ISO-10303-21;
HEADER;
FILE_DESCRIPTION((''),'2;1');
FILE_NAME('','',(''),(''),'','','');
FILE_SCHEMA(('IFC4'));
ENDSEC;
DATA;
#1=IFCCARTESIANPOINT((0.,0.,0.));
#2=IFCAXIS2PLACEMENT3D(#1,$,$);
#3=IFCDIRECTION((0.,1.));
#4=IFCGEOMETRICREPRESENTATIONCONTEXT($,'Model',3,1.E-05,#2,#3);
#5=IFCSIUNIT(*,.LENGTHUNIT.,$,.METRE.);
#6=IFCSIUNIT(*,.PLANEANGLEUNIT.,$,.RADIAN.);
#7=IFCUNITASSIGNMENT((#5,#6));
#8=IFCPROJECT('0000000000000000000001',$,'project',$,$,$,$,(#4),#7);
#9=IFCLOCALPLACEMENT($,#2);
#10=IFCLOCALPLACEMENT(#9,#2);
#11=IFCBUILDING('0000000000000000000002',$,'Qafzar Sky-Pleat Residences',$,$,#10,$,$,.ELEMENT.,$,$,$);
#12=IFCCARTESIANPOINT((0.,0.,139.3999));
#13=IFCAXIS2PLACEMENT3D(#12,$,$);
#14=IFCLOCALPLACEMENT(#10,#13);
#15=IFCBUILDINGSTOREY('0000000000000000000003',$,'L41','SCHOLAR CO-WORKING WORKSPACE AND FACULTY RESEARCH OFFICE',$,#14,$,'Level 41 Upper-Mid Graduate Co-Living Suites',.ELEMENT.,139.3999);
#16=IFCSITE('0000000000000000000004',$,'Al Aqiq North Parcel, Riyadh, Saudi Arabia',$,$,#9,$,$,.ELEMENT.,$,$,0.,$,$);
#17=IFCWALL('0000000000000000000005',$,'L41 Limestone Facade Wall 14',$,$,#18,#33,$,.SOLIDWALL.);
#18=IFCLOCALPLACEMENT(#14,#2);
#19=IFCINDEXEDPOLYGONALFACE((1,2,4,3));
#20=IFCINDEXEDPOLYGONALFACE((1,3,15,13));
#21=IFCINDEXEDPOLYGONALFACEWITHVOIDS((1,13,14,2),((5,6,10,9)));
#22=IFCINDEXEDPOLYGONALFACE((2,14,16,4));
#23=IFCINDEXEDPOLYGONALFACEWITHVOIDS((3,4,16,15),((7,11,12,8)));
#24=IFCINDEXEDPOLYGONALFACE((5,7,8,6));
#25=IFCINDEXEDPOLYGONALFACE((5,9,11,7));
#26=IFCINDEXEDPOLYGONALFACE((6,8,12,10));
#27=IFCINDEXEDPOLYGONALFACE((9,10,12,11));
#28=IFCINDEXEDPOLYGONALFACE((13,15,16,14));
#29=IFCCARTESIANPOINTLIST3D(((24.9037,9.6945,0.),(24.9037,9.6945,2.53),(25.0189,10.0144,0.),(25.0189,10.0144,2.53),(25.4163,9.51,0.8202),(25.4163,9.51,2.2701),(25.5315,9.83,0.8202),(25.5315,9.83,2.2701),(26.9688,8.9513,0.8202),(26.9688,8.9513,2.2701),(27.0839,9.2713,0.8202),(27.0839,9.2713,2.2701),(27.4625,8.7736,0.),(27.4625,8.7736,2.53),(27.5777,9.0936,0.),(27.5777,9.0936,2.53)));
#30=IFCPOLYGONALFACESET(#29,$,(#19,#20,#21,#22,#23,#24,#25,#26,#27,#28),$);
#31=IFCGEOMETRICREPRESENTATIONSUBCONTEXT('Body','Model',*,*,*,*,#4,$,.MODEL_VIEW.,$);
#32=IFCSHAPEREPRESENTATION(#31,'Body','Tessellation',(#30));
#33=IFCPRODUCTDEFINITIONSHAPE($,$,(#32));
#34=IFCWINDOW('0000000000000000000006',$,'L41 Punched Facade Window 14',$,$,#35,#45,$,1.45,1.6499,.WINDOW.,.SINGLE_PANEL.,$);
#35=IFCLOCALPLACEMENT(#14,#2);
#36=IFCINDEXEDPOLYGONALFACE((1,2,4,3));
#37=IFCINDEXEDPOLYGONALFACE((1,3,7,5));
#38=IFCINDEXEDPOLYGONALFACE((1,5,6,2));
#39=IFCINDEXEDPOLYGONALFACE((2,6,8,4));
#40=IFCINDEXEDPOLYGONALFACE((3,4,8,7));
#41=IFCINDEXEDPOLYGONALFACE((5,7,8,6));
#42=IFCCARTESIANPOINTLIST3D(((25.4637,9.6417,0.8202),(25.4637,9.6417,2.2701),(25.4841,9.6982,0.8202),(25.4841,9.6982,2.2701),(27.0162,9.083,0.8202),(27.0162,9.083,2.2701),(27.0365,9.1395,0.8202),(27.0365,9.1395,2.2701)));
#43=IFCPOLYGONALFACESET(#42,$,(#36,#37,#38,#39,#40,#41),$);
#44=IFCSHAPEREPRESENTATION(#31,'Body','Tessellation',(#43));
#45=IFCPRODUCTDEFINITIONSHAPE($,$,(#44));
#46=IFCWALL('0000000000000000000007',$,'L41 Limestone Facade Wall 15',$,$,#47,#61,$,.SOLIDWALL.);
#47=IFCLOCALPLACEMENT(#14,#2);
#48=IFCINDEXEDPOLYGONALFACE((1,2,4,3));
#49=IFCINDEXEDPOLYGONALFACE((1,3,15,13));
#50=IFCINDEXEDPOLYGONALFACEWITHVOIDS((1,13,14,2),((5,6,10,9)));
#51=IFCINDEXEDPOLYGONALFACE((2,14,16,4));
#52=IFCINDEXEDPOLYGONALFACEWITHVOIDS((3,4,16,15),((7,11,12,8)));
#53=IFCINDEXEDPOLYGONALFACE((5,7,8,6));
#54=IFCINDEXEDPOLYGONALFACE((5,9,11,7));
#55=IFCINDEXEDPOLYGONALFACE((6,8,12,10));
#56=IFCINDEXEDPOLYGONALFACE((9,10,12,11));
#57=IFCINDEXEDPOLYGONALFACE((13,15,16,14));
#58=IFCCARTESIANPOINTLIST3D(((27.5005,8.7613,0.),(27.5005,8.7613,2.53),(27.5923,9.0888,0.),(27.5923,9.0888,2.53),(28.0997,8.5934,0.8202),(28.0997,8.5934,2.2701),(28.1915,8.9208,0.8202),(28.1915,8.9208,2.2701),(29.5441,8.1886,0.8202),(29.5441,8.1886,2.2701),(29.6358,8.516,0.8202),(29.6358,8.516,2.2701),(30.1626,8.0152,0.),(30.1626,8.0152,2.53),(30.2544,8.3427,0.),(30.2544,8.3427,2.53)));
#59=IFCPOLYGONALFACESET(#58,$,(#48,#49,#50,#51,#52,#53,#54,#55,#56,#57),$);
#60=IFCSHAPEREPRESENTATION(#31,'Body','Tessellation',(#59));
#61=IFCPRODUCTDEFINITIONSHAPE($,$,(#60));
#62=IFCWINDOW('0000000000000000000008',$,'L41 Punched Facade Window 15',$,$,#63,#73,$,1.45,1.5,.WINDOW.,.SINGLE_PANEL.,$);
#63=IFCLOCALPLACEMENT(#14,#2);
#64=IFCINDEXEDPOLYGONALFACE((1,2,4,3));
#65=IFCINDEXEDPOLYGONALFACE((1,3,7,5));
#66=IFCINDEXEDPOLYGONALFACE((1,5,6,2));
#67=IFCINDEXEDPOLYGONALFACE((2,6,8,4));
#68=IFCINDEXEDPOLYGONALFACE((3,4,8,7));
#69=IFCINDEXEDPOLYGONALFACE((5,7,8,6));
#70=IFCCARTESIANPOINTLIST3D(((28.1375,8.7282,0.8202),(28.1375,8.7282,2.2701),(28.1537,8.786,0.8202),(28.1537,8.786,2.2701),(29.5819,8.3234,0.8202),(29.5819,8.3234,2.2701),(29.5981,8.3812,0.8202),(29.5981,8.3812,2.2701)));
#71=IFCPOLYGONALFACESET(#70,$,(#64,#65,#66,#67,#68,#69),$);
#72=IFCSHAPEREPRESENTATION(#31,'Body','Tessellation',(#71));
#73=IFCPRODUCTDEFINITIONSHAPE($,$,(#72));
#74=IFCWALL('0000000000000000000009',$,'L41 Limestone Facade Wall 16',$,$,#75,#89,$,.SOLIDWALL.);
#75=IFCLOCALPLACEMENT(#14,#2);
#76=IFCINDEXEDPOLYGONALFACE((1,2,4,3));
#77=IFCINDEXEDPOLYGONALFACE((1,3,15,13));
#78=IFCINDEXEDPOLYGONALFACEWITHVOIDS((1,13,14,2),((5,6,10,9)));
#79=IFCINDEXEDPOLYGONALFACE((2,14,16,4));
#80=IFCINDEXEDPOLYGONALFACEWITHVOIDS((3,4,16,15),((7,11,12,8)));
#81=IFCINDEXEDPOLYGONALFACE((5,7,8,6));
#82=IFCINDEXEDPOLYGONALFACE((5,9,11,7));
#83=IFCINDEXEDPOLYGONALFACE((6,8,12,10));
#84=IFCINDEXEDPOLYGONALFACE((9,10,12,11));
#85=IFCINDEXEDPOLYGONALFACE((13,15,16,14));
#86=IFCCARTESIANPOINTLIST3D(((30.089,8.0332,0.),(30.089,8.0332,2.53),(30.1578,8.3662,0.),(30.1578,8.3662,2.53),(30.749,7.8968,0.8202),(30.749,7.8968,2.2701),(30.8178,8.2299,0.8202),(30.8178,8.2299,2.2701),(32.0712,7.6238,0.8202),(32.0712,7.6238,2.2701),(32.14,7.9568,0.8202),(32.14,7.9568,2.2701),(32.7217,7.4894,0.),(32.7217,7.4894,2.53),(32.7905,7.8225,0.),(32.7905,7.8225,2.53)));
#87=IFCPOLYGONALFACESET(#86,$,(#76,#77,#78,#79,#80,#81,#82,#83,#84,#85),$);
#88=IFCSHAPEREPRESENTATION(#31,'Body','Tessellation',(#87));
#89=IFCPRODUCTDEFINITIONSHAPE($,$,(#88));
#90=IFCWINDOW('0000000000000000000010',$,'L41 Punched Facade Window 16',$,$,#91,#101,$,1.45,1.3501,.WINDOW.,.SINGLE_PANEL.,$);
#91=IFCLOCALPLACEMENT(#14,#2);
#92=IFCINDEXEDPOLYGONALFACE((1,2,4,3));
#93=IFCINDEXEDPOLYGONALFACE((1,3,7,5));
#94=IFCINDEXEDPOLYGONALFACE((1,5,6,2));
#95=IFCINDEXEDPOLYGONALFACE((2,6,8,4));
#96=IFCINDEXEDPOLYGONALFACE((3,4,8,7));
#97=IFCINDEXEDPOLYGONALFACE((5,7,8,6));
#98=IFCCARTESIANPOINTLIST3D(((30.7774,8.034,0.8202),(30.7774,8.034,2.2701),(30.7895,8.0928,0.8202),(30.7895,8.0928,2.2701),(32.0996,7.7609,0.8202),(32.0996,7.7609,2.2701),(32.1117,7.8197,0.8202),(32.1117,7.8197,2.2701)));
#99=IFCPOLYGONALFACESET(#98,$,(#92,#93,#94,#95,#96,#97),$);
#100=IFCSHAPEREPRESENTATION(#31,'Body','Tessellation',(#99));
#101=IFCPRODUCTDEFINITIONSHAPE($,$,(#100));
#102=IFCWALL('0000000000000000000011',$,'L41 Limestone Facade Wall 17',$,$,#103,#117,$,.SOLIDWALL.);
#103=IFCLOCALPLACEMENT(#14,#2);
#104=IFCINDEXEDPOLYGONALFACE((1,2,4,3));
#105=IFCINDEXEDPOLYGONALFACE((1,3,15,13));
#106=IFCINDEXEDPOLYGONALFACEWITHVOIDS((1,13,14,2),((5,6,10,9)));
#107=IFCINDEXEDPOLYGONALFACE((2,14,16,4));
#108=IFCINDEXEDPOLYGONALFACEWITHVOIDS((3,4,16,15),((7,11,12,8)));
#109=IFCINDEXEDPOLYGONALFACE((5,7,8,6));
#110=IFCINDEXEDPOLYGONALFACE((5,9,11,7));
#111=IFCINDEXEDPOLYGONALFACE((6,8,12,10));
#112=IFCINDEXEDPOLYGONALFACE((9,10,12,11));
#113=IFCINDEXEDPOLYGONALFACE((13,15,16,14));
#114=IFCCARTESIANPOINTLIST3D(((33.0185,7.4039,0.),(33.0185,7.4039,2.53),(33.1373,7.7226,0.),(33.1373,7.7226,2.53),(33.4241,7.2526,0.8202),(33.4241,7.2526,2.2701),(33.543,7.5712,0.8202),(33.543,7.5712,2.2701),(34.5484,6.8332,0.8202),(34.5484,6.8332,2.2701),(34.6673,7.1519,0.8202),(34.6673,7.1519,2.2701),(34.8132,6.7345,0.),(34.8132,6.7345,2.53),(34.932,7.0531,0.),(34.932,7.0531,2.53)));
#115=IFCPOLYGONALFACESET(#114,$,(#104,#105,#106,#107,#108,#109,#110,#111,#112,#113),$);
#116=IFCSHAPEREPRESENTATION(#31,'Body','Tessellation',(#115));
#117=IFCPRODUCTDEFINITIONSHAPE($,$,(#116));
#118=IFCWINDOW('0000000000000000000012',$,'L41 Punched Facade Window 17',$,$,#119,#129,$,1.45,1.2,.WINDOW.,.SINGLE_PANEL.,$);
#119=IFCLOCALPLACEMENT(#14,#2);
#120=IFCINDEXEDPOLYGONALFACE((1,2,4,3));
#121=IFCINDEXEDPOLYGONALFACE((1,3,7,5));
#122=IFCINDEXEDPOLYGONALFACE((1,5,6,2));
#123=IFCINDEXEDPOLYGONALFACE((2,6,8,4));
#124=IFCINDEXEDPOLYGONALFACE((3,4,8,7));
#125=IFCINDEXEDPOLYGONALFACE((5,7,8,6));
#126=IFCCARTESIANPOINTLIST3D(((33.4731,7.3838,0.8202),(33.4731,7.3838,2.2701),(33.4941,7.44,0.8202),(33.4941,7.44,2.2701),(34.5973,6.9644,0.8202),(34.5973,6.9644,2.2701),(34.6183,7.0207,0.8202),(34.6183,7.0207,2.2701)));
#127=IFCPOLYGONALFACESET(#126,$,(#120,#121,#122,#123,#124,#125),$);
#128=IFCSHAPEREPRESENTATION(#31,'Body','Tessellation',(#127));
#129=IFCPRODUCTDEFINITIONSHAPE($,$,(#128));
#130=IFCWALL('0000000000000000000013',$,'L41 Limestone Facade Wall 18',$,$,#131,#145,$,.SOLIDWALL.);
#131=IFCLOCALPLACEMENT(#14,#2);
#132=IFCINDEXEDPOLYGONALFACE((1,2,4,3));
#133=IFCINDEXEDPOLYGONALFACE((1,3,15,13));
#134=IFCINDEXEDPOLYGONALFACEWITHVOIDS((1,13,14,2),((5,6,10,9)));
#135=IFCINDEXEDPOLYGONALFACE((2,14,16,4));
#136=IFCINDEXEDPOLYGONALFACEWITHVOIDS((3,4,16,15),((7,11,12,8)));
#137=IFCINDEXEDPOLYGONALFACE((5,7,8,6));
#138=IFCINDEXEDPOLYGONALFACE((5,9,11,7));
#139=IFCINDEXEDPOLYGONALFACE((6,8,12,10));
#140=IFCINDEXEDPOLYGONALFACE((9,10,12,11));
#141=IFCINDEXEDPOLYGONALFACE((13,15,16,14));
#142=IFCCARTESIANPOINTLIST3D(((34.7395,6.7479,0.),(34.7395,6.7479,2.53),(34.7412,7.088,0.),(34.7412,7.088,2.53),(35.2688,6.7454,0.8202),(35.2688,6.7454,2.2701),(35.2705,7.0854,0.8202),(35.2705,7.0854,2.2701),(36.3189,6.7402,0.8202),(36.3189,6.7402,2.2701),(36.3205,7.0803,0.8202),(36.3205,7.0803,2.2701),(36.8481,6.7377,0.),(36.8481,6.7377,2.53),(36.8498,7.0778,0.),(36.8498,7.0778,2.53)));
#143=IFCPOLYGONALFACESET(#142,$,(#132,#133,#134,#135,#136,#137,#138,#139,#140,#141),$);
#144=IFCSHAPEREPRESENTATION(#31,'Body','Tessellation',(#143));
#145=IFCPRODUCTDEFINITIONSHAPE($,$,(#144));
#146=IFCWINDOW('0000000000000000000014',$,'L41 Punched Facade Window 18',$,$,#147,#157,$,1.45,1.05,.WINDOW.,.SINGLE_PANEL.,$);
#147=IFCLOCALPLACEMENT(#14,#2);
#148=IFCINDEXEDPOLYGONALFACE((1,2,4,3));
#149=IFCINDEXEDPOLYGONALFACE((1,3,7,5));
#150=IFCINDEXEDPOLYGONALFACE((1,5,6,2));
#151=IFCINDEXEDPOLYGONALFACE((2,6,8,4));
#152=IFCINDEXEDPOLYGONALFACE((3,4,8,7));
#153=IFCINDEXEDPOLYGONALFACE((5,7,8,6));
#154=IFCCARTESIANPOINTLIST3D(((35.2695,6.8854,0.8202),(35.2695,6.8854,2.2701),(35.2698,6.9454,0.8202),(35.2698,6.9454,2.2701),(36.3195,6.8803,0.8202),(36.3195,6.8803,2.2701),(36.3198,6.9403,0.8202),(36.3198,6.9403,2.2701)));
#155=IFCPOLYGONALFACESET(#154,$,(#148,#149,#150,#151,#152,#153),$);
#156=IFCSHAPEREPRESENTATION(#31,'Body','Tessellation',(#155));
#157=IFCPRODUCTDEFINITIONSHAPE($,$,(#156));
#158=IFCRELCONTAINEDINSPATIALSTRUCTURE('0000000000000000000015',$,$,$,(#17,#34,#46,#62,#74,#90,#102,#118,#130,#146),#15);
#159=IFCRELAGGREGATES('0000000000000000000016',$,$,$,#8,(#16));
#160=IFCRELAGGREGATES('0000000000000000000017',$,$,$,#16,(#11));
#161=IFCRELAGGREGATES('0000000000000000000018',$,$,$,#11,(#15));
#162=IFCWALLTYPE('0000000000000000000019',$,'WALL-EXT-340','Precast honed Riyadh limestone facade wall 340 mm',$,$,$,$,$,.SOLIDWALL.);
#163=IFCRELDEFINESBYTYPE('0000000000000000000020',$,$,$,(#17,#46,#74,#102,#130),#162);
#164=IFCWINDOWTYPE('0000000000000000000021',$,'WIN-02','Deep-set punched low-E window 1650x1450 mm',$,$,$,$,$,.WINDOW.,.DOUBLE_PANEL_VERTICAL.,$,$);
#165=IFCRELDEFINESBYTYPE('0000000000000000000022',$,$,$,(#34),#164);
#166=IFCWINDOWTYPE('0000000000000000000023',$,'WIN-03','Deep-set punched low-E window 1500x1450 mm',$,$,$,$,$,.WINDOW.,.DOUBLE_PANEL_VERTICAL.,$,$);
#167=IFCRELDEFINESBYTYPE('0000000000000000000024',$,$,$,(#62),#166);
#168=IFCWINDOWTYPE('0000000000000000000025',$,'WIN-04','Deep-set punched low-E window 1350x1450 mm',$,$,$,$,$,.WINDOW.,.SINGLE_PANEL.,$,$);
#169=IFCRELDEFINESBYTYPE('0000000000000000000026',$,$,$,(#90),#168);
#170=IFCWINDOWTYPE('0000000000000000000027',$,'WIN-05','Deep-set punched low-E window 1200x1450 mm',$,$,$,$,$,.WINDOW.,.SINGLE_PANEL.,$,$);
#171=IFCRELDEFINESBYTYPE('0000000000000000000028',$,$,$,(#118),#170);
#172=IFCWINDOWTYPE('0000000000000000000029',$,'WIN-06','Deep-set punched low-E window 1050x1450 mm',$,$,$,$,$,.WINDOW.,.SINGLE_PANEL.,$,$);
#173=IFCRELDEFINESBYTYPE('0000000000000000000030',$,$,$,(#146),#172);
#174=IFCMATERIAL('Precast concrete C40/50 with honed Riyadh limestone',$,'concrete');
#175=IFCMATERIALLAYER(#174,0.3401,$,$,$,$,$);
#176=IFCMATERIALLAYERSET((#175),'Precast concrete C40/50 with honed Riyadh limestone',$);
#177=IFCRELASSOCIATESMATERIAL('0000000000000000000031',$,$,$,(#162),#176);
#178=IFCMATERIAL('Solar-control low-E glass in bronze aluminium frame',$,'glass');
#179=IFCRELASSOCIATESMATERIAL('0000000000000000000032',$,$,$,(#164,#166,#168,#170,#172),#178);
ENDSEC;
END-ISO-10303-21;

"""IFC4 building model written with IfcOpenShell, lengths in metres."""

from ifc_helpers import new_model, si_unit, direction, frame, frame_2d, origin, place, context, subcontext, project, spatial, rectangle, extrude, source, transform, mapped, material, layer, layer_set, type_object, element, fill, save


model = new_model("IFC4")

# Units and contexts
model_context = context("Model", 3, precision=1e-05, world=origin(), true_north=direction((0.0, 1.0)))
body_context = subcontext(model_context, "Body", "Model", "MODEL_VIEW")
ifc_project = project(units=[si_unit("LENGTHUNIT", "METRE"), si_unit("PLANEANGLEUNIT", "RADIAN")], contexts=[model_context])

# Site, building, storey
site_placement = place(None, origin())
site = spatial("IfcSite", under=ifc_project, at=site_placement, Name="Al Aqiq North Parcel, Riyadh, Saudi Arabia", CompositionType="ELEMENT", RefElevation=0.0)
building_placement = place(site_placement, origin())
building = spatial("IfcBuilding", under=site, at=building_placement, Name="Qafzar Sky-Pleat Residences", CompositionType="ELEMENT")
storey_placement = place(building_placement, frame((0.0, 0.0, 139.3999)))
storey = spatial("IfcBuildingStorey", under=building, at=storey_placement, Name="L41", Description="SCHOLAR CO-WORKING WORKSPACE AND FACULTY RESEARCH OFFICE", LongName="Level 41 Upper-Mid Graduate Co-Living Suites", CompositionType="ELEMENT", Elevation=139.3999)

# Walls, openings, windows
ifc_material_1 = material(Name="Precast concrete C40/50 with honed Riyadh limestone", Category="concrete")
ifc_layer_1 = layer(ifc_material_1, 0.3401)
ifc_layer_set_1 = layer_set([ifc_layer_1], Name="Precast concrete C40/50 with honed Riyadh limestone")
wall_type_1 = type_object("IfcWallType", Name="WALL-EXT-340", Description="Precast honed Riyadh limestone facade wall 340 mm", PredefinedType="SOLIDWALL", material=ifc_layer_set_1)
wall_1_placement = place(storey_placement, frame((24.9612, 9.8545, 0.0), z_axis=(0.0, 0.0, 1.0), x_axis=(0.940921, -0.338627, 0.0)))
wall_1 = element("IfcWall", 1, at=wall_1_placement, inside=storey, type_object=wall_type_1, Name="L41 Limestone Facade Wall 14", PredefinedType="SOLIDWALL", context=body_context, shape_type="SweptSolid", body=[
    extrude(rectangle(XDim=2.7195, YDim=0.3401, at=frame_2d((1.3599, 0.0))), origin(), (0.0, 0.0, 1.0), 2.53),
])
opening_1_placement = place(wall_1_placement, frame((0.5449, 0.0, 0.8201)))
opening_1 = element("IfcOpeningElement", 2, at=opening_1_placement, cuts=wall_1, PredefinedType="OPENING", context=body_context, shape_type="SweptSolid", body=[
    extrude(rectangle(XDim=1.6499, YDim=1.45, at=frame_2d((0.825, 0.7251))), frame((0.0, 0.1802, 0.0), z_axis=(0.0, -1.0, 0.0), x_axis=(1.0, 0.0, 0.0)), (0.0, 0.0, 1.0), 0.3601),
])
ifc_material_2 = material(Name="Solar-control low-E glass in bronze aluminium frame", Category="glass")
window_type_1 = type_object("IfcWindowType", Name="WIN-02", Description="Deep-set punched low-E window 1650x1450 mm", PartitioningType="DOUBLE_PANEL_VERTICAL", PredefinedType="WINDOW", material=ifc_material_2)
shared_shape_1 = source(origin(), body_context, "Body", "SweptSolid", [
    extrude(rectangle(XDim=1.6499, YDim=1.45, at=frame_2d((0.825, 0.7251))), frame((0.0, 0.03, 0.0), z_axis=(0.0, -1.0, 0.0), x_axis=(1.0, 0.0, 0.0)), (0.0, 0.0, 1.0), 0.0601),
])
window_1_placement = place(opening_1_placement, origin())
window_1 = element("IfcWindow", 3, at=window_1_placement, inside=storey, type_object=window_type_1, Name="L41 Punched Facade Window 14", OverallHeight=1.45, OverallWidth=1.6499, PartitioningType="SINGLE_PANEL", PredefinedType="WINDOW", context=body_context, shape_type="MappedRepresentation", body=[
    mapped(shared_shape_1, transform((0.0, 0.0, 0.0), x_axis=(1.0, 0.0, 0.0), y_axis=(0.0, 1.0, 0.0), z_axis=(0.0, 0.0, 1.0), scale=1.0)),
])
fill(opening_1, window_1)
wall_2_placement = place(storey_placement, frame((27.5464, 8.925, 0.0), z_axis=(0.0, 0.0, 1.0), x_axis=(0.962898, -0.269866, 0.0)))
wall_2 = element("IfcWall", 4, at=wall_2_placement, inside=storey, type_object=wall_type_1, Name="L41 Limestone Facade Wall 15", PredefinedType="SOLIDWALL", context=body_context, shape_type="SweptSolid", body=[
    extrude(rectangle(XDim=2.7646, YDim=0.3401, at=frame_2d((1.3823, 0.0))), origin(), (0.0, 0.0, 1.0), 2.53),
])
opening_2_placement = place(wall_2_placement, frame((0.6223, 0.0, 0.8201)))
opening_2 = element("IfcOpeningElement", 5, at=opening_2_placement, cuts=wall_2, PredefinedType="OPENING", context=body_context, shape_type="SweptSolid", body=[
    extrude(rectangle(XDim=1.5, YDim=1.45, at=frame_2d((0.75, 0.7251))), frame((0.0, 0.1802, 0.0), z_axis=(0.0, -1.0, 0.0), x_axis=(1.0, 0.0, 0.0)), (0.0, 0.0, 1.0), 0.3601),
])
window_type_2 = type_object("IfcWindowType", Name="WIN-03", Description="Deep-set punched low-E window 1500x1450 mm", PartitioningType="DOUBLE_PANEL_VERTICAL", PredefinedType="WINDOW", material=ifc_material_2)
shared_shape_2 = source(origin(), body_context, "Body", "SweptSolid", [
    extrude(rectangle(XDim=1.5, YDim=1.45, at=frame_2d((0.75, 0.7251))), frame((0.0, 0.03, 0.0), z_axis=(0.0, -1.0, 0.0), x_axis=(1.0, 0.0, 0.0)), (0.0, 0.0, 1.0), 0.0601),
])
window_2_placement = place(opening_2_placement, origin())
window_2 = element("IfcWindow", 6, at=window_2_placement, inside=storey, type_object=window_type_2, Name="L41 Punched Facade Window 15", OverallHeight=1.45, OverallWidth=1.5, PartitioningType="SINGLE_PANEL", PredefinedType="WINDOW", context=body_context, shape_type="MappedRepresentation", body=[
    mapped(shared_shape_2, transform((0.0, 0.0, 0.0), x_axis=(1.0, 0.0, 0.0), y_axis=(0.0, 1.0, 0.0), z_axis=(0.0, 0.0, 1.0), scale=1.0)),
])
fill(opening_2, window_2)
wall_3_placement = place(storey_placement, frame((30.1233, 8.1997, 0.0), z_axis=(0.0, 0.0, 1.0), x_axis=(0.979332, -0.20226, 0.0)))
wall_3 = element("IfcWall", 7, at=wall_3_placement, inside=storey, type_object=wall_type_1, Name="L41 Limestone Facade Wall 16", PredefinedType="SOLIDWALL", context=body_context, shape_type="SweptSolid", body=[
    extrude(rectangle(XDim=2.6882, YDim=0.3401, at=frame_2d((1.3442, 0.0))), origin(), (0.0, 0.0, 1.0), 2.53),
])
opening_3_placement = place(wall_3_placement, frame((0.6741, 0.0, 0.8201)))
opening_3 = element("IfcOpeningElement", 8, at=opening_3_placement, cuts=wall_3, PredefinedType="OPENING", context=body_context, shape_type="SweptSolid", body=[
    extrude(rectangle(XDim=1.3501, YDim=1.45, at=frame_2d((0.675, 0.7251))), frame((0.0, 0.1802, 0.0), z_axis=(0.0, -1.0, 0.0), x_axis=(1.0, 0.0, 0.0)), (0.0, 0.0, 1.0), 0.3601),
])
window_type_3 = type_object("IfcWindowType", Name="WIN-04", Description="Deep-set punched low-E window 1350x1450 mm", PartitioningType="SINGLE_PANEL", PredefinedType="WINDOW", material=ifc_material_2)
shared_shape_3 = source(origin(), body_context, "Body", "SweptSolid", [
    extrude(rectangle(XDim=1.3501, YDim=1.45, at=frame_2d((0.675, 0.7251))), frame((0.0, 0.03, 0.0), z_axis=(0.0, -1.0, 0.0), x_axis=(1.0, 0.0, 0.0)), (0.0, 0.0, 1.0), 0.0601),
])
window_3_placement = place(opening_3_placement, origin())
window_3 = element("IfcWindow", 9, at=window_3_placement, inside=storey, type_object=window_type_3, Name="L41 Punched Facade Window 16", OverallHeight=1.45, OverallWidth=1.3501, PartitioningType="SINGLE_PANEL", PredefinedType="WINDOW", context=body_context, shape_type="MappedRepresentation", body=[
    mapped(shared_shape_3, transform((0.0, 0.0, 0.0), x_axis=(1.0, 0.0, 0.0), y_axis=(0.0, 1.0, 0.0), z_axis=(0.0, 0.0, 1.0), scale=1.0)),
])
fill(opening_3, window_3)
wall_4_placement = place(storey_placement, frame((33.0779, 7.5632, 0.0), z_axis=(0.0, 0.0, 1.0), x_axis=(0.936941, -0.349489, 0.0)))
wall_4 = element("IfcWall", 10, at=wall_4_placement, inside=storey, type_object=wall_type_1, Name="L41 Limestone Facade Wall 17", PredefinedType="SOLIDWALL", context=body_context, shape_type="SweptSolid", body=[
    extrude(rectangle(XDim=1.9155, YDim=0.3401, at=frame_2d((0.9578, 0.0))), origin(), (0.0, 0.0, 1.0), 2.53),
])
opening_4_placement = place(wall_4_placement, frame((0.4329, 0.0, 0.8201)))
opening_4 = element("IfcOpeningElement", 11, at=opening_4_placement, cuts=wall_4, PredefinedType="OPENING", context=body_context, shape_type="SweptSolid", body=[
    extrude(rectangle(XDim=1.2, YDim=1.45, at=frame_2d((0.6001, 0.7251))), frame((0.0, 0.1802, 0.0), z_axis=(0.0, -1.0, 0.0), x_axis=(1.0, 0.0, 0.0)), (0.0, 0.0, 1.0), 0.3601),
])
window_type_4 = type_object("IfcWindowType", Name="WIN-05", Description="Deep-set punched low-E window 1200x1450 mm", PartitioningType="SINGLE_PANEL", PredefinedType="WINDOW", material=ifc_material_2)
shared_shape_4 = source(origin(), body_context, "Body", "SweptSolid", [
    extrude(rectangle(XDim=1.2, YDim=1.45, at=frame_2d((0.6001, 0.7251))), frame((0.0, 0.03, 0.0), z_axis=(0.0, -1.0, 0.0), x_axis=(1.0, 0.0, 0.0)), (0.0, 0.0, 1.0), 0.0601),
])
window_4_placement = place(opening_4_placement, origin())
window_4 = element("IfcWindow", 12, at=window_4_placement, inside=storey, type_object=window_type_4, Name="L41 Punched Facade Window 17", OverallHeight=1.45, OverallWidth=1.2, PartitioningType="SINGLE_PANEL", PredefinedType="WINDOW", context=body_context, shape_type="MappedRepresentation", body=[
    mapped(shared_shape_4, transform((0.0, 0.0, 0.0), x_axis=(1.0, 0.0, 0.0), y_axis=(0.0, 1.0, 0.0), z_axis=(0.0, 0.0, 1.0), scale=1.0)),
])
fill(opening_4, window_4)
wall_5_placement = place(storey_placement, frame((34.7405, 6.918, 0.0), z_axis=(0.0, 0.0, 1.0), x_axis=(0.999988, -0.004863, 0.0)))
wall_5 = element("IfcWall", 13, at=wall_5_placement, inside=storey, type_object=wall_type_1, Name="L41 Limestone Facade Wall 18", PredefinedType="SOLIDWALL", context=body_context, shape_type="SweptSolid", body=[
    extrude(rectangle(XDim=2.1086, YDim=0.3401, at=frame_2d((1.0542, 0.0))), origin(), (0.0, 0.0, 1.0), 2.53),
])
opening_5_placement = place(wall_5_placement, frame((0.5293, 0.0, 0.8201)))
opening_5 = element("IfcOpeningElement", 14, at=opening_5_placement, cuts=wall_5, PredefinedType="OPENING", context=body_context, shape_type="SweptSolid", body=[
    extrude(rectangle(XDim=1.05, YDim=1.45, at=frame_2d((0.5249, 0.7251))), frame((0.0, 0.1802, 0.0), z_axis=(0.0, -1.0, 0.0), x_axis=(1.0, 0.0, 0.0)), (0.0, 0.0, 1.0), 0.3601),
])
window_type_5 = type_object("IfcWindowType", Name="WIN-06", Description="Deep-set punched low-E window 1050x1450 mm", PartitioningType="SINGLE_PANEL", PredefinedType="WINDOW", material=ifc_material_2)
shared_shape_5 = source(origin(), body_context, "Body", "SweptSolid", [
    extrude(rectangle(XDim=1.05, YDim=1.45, at=frame_2d((0.5249, 0.7251))), frame((0.0, 0.03, 0.0), z_axis=(0.0, -1.0, 0.0), x_axis=(1.0, 0.0, 0.0)), (0.0, 0.0, 1.0), 0.0601),
])
window_5_placement = place(opening_5_placement, origin())
window_5 = element("IfcWindow", 15, at=window_5_placement, inside=storey, type_object=window_type_5, Name="L41 Punched Facade Window 18", OverallHeight=1.45, OverallWidth=1.05, PartitioningType="SINGLE_PANEL", PredefinedType="WINDOW", context=body_context, shape_type="MappedRepresentation", body=[
    mapped(shared_shape_5, transform((0.0, 0.0, 0.0), x_axis=(1.0, 0.0, 0.0), y_axis=(0.0, 1.0, 0.0), z_axis=(0.0, 0.0, 1.0), scale=1.0)),
])
fill(opening_5, window_5)

save(model, "model.ifc")
